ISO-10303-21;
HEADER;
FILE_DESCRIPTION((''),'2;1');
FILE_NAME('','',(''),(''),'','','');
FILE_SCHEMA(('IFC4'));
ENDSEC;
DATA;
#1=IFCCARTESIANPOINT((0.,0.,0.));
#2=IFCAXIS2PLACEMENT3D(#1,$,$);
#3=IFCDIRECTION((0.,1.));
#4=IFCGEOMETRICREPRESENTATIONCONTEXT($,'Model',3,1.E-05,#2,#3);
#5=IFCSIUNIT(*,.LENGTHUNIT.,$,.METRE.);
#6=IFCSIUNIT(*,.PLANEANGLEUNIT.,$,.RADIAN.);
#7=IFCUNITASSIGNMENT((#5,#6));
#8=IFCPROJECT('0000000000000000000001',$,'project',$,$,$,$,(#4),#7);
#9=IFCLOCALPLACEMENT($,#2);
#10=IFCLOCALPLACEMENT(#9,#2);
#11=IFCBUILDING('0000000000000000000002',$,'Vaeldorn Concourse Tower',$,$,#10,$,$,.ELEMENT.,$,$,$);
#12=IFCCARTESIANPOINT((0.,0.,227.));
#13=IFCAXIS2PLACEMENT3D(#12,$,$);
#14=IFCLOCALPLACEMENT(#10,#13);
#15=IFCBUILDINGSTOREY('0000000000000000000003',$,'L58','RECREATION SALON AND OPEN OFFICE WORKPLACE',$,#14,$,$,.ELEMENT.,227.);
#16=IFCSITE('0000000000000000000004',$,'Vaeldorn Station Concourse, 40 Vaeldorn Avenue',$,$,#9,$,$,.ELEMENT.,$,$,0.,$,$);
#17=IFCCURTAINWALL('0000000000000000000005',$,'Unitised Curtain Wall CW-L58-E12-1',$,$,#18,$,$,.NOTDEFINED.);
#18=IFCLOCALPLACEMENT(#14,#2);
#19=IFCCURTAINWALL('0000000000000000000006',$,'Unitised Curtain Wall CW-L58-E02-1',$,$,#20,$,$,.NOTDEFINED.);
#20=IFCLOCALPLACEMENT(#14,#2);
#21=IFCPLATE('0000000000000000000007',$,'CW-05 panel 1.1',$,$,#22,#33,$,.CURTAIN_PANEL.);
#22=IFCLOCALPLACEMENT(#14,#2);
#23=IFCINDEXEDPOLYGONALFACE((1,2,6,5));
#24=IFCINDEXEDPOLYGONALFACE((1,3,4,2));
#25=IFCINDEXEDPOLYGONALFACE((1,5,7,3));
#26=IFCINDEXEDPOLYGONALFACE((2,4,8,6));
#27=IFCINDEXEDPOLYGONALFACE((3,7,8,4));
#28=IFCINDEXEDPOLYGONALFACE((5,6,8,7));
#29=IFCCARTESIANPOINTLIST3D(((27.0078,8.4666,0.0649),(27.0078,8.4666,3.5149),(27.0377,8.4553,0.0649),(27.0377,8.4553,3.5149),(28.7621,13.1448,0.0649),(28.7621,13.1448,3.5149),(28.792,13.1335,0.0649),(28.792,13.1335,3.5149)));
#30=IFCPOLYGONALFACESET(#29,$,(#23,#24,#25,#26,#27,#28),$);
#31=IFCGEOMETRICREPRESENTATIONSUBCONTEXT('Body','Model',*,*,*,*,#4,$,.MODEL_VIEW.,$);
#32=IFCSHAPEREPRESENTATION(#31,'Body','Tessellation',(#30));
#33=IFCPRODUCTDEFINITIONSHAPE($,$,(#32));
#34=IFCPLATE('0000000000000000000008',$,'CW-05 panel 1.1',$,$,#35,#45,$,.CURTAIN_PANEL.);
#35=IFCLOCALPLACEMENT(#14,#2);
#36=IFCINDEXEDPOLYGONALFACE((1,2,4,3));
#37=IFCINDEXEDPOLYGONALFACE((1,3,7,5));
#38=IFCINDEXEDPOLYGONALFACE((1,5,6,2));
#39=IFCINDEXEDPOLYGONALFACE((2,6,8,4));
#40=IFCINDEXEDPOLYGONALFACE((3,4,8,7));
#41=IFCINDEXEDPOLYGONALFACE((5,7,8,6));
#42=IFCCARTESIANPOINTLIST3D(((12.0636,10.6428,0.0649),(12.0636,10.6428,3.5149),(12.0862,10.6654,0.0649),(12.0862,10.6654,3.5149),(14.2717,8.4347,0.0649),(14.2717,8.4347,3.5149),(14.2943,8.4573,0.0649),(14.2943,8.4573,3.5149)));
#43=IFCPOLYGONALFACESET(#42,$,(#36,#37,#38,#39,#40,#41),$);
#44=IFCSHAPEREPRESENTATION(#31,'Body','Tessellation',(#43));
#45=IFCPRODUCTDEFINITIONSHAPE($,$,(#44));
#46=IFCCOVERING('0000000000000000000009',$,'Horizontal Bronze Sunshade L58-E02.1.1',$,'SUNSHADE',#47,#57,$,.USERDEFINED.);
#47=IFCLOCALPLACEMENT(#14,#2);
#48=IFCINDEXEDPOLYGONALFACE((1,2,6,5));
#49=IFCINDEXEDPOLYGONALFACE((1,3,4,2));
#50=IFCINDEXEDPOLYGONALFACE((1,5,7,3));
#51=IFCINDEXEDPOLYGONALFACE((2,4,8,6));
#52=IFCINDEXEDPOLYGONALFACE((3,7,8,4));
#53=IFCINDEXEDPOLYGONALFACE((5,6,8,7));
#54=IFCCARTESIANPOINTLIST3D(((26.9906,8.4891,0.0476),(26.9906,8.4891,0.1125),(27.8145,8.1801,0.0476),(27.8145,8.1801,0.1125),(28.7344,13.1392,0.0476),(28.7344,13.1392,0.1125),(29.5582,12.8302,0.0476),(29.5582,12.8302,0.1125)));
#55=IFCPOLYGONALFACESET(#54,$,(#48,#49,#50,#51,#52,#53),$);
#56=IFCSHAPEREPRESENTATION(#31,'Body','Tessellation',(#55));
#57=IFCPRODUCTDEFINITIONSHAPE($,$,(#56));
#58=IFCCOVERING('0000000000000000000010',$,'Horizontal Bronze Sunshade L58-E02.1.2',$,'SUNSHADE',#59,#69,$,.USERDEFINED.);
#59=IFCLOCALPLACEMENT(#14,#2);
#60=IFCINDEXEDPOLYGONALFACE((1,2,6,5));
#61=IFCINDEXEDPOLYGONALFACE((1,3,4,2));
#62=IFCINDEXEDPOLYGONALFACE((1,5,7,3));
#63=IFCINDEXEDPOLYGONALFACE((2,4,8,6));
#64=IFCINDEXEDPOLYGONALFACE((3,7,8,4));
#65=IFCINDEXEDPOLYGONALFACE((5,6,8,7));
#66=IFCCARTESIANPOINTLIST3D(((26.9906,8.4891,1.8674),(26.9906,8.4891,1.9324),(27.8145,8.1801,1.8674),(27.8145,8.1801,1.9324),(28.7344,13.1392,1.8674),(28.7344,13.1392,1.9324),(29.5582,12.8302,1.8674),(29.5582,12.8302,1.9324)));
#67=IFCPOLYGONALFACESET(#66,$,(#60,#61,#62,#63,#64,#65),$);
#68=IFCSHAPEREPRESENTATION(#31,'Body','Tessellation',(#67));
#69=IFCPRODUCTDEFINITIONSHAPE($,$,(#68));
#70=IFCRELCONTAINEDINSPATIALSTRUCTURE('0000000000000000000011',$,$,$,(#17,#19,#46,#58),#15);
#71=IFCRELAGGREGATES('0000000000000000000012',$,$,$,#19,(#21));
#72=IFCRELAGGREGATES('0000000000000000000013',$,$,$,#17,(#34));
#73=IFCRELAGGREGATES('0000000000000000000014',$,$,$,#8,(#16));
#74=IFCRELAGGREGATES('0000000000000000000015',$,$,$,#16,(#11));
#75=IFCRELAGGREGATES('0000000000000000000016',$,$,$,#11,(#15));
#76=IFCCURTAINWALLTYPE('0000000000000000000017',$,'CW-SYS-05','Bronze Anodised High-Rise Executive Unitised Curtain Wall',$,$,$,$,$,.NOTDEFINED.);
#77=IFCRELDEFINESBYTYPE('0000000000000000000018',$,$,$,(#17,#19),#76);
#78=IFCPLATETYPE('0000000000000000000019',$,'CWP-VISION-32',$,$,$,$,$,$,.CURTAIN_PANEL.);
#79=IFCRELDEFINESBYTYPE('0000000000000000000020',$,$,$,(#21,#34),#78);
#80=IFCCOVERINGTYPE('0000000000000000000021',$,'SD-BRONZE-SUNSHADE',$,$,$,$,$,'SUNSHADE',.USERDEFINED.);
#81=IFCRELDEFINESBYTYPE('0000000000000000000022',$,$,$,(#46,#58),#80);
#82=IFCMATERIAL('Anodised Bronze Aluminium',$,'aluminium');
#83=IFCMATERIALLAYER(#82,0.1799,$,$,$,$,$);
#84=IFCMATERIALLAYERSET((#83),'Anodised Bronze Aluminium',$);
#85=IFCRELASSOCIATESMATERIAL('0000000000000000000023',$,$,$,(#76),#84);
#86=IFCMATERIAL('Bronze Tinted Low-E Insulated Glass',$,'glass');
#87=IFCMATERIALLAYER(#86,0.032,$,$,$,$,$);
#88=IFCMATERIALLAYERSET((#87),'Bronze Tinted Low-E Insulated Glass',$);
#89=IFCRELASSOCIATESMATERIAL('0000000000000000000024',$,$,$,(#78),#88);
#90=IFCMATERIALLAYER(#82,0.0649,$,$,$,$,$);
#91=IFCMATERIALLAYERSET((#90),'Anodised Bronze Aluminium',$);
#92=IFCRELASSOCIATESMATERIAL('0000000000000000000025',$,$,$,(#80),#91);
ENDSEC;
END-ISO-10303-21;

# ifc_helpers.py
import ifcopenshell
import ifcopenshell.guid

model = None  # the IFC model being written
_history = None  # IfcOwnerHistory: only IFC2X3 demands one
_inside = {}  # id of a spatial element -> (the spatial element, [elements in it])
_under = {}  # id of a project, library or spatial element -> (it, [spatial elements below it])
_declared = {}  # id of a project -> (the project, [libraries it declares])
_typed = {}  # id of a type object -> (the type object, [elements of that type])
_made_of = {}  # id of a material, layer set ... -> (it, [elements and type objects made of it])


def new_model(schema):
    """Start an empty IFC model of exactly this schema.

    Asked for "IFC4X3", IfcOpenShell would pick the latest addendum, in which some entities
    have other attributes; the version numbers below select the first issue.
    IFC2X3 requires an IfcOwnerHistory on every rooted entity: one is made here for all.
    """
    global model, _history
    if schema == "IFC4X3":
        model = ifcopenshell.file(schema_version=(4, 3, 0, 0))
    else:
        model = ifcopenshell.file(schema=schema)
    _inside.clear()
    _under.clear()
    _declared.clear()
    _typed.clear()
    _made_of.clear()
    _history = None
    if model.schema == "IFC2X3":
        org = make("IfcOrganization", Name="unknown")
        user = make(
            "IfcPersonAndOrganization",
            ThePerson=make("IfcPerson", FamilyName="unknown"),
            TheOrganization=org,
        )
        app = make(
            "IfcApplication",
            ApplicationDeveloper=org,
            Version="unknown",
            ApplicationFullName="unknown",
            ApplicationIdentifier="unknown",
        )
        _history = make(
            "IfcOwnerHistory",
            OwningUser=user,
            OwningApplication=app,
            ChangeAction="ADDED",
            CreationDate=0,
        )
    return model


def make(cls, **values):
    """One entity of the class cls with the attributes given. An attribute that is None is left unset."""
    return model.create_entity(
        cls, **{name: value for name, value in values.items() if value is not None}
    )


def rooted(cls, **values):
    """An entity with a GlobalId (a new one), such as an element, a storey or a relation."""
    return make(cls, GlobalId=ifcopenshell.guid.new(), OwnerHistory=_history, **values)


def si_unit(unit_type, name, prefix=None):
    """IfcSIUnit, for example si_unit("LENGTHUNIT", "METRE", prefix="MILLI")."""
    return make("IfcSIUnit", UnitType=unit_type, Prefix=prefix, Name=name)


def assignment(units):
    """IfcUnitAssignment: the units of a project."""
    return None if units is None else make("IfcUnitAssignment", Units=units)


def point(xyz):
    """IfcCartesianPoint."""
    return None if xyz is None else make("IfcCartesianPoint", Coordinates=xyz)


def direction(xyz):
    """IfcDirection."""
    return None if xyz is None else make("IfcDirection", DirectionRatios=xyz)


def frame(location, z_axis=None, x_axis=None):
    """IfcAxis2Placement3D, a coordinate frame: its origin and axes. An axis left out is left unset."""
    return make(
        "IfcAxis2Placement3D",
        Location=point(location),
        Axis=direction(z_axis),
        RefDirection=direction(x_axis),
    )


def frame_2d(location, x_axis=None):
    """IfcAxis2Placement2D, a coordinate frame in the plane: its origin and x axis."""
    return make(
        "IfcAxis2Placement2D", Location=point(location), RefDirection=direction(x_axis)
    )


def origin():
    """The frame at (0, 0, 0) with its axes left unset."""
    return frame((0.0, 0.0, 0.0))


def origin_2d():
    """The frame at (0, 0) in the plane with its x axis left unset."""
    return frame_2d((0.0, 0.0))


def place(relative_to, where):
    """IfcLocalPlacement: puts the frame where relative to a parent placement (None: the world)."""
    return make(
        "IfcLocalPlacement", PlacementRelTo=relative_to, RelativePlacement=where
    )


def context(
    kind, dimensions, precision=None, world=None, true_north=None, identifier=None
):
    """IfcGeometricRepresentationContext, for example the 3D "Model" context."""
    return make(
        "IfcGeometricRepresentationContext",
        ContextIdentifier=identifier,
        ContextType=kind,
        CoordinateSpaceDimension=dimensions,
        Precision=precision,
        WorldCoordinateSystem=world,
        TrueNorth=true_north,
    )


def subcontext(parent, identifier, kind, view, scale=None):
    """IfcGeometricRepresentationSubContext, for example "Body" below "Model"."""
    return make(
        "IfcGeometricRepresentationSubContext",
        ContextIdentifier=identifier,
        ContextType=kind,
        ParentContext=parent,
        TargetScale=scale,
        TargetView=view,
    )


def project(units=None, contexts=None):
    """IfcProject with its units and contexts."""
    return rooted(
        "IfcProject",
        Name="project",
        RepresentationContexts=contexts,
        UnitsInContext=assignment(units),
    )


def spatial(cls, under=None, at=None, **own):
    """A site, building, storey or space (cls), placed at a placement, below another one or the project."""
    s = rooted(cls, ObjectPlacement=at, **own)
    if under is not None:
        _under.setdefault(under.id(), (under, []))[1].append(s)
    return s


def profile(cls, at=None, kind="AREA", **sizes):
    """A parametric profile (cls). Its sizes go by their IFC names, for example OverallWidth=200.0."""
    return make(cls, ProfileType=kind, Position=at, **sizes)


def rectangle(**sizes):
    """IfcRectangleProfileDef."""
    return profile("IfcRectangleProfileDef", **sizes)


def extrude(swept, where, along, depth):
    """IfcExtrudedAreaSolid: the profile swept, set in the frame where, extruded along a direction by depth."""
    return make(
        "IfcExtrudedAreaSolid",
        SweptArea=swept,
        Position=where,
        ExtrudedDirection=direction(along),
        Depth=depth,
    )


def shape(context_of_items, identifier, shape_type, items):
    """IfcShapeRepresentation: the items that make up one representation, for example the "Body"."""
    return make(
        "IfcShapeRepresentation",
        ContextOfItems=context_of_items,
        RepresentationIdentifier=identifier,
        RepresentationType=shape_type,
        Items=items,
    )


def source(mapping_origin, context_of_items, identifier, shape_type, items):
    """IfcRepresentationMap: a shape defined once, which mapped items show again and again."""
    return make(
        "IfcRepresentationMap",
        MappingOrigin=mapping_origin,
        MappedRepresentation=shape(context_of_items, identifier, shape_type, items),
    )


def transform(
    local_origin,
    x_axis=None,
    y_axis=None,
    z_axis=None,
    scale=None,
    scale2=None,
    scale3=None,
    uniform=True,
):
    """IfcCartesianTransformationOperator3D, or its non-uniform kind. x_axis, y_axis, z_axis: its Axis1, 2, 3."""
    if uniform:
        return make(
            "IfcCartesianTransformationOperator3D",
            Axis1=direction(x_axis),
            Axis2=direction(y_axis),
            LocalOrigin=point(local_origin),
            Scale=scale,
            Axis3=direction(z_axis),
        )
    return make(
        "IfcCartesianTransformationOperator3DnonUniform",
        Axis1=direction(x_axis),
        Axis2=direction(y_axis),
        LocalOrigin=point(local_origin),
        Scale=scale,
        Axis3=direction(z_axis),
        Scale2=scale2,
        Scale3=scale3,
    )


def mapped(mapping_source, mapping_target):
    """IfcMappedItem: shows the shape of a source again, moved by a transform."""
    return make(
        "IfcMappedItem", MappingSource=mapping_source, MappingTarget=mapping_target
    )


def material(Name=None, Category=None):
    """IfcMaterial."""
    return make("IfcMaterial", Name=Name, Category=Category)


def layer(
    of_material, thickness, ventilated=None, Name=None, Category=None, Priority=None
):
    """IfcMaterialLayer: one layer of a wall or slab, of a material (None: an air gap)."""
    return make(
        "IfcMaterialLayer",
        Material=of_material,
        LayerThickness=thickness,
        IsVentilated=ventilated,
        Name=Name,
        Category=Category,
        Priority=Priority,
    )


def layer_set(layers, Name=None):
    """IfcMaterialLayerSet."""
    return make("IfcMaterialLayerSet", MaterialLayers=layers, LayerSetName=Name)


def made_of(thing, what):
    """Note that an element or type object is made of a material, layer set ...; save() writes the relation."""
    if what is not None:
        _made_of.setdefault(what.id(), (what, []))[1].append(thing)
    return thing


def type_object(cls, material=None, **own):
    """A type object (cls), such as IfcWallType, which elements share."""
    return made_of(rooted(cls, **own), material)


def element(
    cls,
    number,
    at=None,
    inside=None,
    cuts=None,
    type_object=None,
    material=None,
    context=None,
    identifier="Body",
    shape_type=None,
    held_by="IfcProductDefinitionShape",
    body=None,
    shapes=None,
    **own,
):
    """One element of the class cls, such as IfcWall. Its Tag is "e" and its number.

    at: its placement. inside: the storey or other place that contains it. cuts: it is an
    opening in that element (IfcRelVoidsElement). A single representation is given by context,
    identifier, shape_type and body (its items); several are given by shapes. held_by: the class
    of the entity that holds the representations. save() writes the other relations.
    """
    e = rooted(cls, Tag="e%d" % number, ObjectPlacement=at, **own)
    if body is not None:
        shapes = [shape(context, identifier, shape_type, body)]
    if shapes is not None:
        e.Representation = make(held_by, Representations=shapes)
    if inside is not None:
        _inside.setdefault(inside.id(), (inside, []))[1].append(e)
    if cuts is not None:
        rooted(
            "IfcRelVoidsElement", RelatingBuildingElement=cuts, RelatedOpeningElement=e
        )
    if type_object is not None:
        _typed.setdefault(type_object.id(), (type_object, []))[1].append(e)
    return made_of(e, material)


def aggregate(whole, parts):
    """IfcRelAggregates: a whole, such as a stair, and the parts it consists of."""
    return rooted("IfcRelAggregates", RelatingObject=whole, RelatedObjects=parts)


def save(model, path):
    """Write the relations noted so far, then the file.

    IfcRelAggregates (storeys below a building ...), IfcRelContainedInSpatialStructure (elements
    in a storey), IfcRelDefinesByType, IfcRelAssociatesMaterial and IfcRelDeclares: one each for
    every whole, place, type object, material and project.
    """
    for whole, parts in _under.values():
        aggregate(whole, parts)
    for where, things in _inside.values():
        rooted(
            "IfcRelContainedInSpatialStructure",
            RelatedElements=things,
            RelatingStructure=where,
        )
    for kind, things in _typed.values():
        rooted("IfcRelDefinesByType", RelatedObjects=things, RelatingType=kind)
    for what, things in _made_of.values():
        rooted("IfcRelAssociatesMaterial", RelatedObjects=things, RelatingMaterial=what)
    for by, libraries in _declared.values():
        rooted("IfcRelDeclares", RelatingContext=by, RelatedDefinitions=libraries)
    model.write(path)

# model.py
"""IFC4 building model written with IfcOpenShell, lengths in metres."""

from ifc_helpers import new_model, si_unit, direction, frame, origin, origin_2d, place, context, subcontext, project, spatial, rectangle, extrude, source, transform, mapped, material, layer, layer_set, type_object, element, aggregate, save


model = new_model("IFC4")

# Units and contexts
model_context = context("Model", 3, precision=1e-05, world=origin(), true_north=direction((0.0, 1.0)))
body_context = subcontext(model_context, "Body", "Model", "MODEL_VIEW")
ifc_project = project(units=[si_unit("LENGTHUNIT", "METRE"), si_unit("PLANEANGLEUNIT", "RADIAN")], contexts=[model_context])

# Site, building, storey
site_placement = place(None, origin())
site = spatial("IfcSite", under=ifc_project, at=site_placement, Name="Vaeldorn Station Concourse, 40 Vaeldorn Avenue", CompositionType="ELEMENT", RefElevation=0.0)
building_placement = place(site_placement, origin())
building = spatial("IfcBuilding", under=site, at=building_placement, Name="Vaeldorn Concourse Tower", CompositionType="ELEMENT")
storey_placement = place(building_placement, frame((0.0, 0.0, 227.0)))
storey = spatial("IfcBuildingStorey", under=building, at=storey_placement, Name="L58", Description="RECREATION SALON AND OPEN OFFICE WORKPLACE", CompositionType="ELEMENT", Elevation=227.0)

# Curtain wall
ifc_material_1 = material(Name="Anodised Bronze Aluminium", Category="aluminium")
ifc_layer_1 = layer(ifc_material_1, 0.1799)
ifc_layer_set_1 = layer_set([ifc_layer_1], Name="Anodised Bronze Aluminium")
curtain_wall_type = type_object("IfcCurtainWallType", Name="CW-SYS-05", Description="Bronze Anodised High-Rise Executive Unitised Curtain Wall", PredefinedType="NOTDEFINED", material=ifc_layer_set_1)
curtain_wall_1_placement = place(storey_placement, origin())
curtain_wall_1 = element("IfcCurtainWall", 1, at=curtain_wall_1_placement, inside=storey, type_object=curtain_wall_type, Name="Unitised Curtain Wall CW-L58-E12-1", PredefinedType="NOTDEFINED")

# Curtain wall
curtain_wall_2_placement = place(storey_placement, origin())
curtain_wall_2 = element("IfcCurtainWall", 2, at=curtain_wall_2_placement, inside=storey, type_object=curtain_wall_type, Name="Unitised Curtain Wall CW-L58-E02-1", PredefinedType="NOTDEFINED")

# Plates
ifc_material_2 = material(Name="Bronze Tinted Low-E Insulated Glass", Category="glass")
ifc_layer_2 = layer(ifc_material_2, 0.032)
ifc_layer_set_2 = layer_set([ifc_layer_2], Name="Bronze Tinted Low-E Insulated Glass")
plate_type = type_object("IfcPlateType", Name="CWP-VISION-32", PredefinedType="CURTAIN_PANEL", material=ifc_layer_set_2)
shared_shape_1 = source(origin(), body_context, "Body", "SweptSolid", [
    extrude(rectangle(XDim=4.9963, YDim=0.032, at=origin_2d()), origin(), (0.0, 0.0, 1.0), 3.45),
])
plate_1_placement = place(storey_placement, frame((27.8999, 10.8, 0.0649), z_axis=(0.0, 0.0, 1.0), x_axis=(0.351123, 0.936329, 0.0)))
plate_1 = element("IfcPlate", 3, at=plate_1_placement, type_object=plate_type, Name="CW-05 panel 1.1", PredefinedType="CURTAIN_PANEL", context=body_context, shape_type="MappedRepresentation", body=[
    mapped(shared_shape_1, transform((0.0, 0.0, 0.0), scale=1.0)),
])
aggregate(curtain_wall_2, [plate_1])
shared_shape_2 = source(origin(), body_context, "Body", "SweptSolid", [
    extrude(rectangle(XDim=3.1228, YDim=0.032, at=origin_2d()), origin(), (0.0, 0.0, 1.0), 3.45),
])
plate_2_placement = place(storey_placement, frame((13.179, 9.55, 0.0649), z_axis=(0.0, 0.0, 1.0), x_axis=(0.707107, -0.707107, 0.0)))
plate_2 = element("IfcPlate", 4, at=plate_2_placement, type_object=plate_type, Name="CW-05 panel 1.1", PredefinedType="CURTAIN_PANEL", context=body_context, shape_type="MappedRepresentation", body=[
    mapped(shared_shape_2, transform((0.0, 0.0, 0.0), scale=1.0)),
])
aggregate(curtain_wall_1, [plate_2])

# Coverings
ifc_layer_3 = layer(ifc_material_1, 0.0649)
ifc_layer_set_3 = layer_set([ifc_layer_3], Name="Anodised Bronze Aluminium")
covering_type = type_object("IfcCoveringType", Name="SD-BRONZE-SUNSHADE", ElementType="SUNSHADE", PredefinedType="USERDEFINED", material=ifc_layer_set_3)
shared_shape_3 = source(origin(), body_context, "Body", "SweptSolid", [
    extrude(rectangle(XDim=4.9663, YDim=0.8799, at=origin_2d()), origin(), (0.0, 0.0, 1.0), 0.0649),
])
for number, where, z_axis, x_axis, name in (
    (5, (28.2744, 10.6597, 0.0476), (0.0, 0.0, 1.0), (0.351123, 0.936329, 0.0), "Horizontal Bronze Sunshade L58-E02.1.1"),
    (6, (28.2744, 10.6597, 1.8674), (0.0, 0.0, 1.0), (0.351123, 0.936329, 0.0), "Horizontal Bronze Sunshade L58-E02.1.2"),
):
    element("IfcCovering", number, at=place(storey_placement, frame(where, z_axis=z_axis, x_axis=x_axis)), inside=storey, type_object=covering_type, Name=name, ObjectType="SUNSHADE", PredefinedType="USERDEFINED", context=body_context, shape_type="MappedRepresentation", body=[
        mapped(shared_shape_3, transform((0.0, 0.0, 0.0), scale=1.0)),
    ])

save(model, "model.ifc")
